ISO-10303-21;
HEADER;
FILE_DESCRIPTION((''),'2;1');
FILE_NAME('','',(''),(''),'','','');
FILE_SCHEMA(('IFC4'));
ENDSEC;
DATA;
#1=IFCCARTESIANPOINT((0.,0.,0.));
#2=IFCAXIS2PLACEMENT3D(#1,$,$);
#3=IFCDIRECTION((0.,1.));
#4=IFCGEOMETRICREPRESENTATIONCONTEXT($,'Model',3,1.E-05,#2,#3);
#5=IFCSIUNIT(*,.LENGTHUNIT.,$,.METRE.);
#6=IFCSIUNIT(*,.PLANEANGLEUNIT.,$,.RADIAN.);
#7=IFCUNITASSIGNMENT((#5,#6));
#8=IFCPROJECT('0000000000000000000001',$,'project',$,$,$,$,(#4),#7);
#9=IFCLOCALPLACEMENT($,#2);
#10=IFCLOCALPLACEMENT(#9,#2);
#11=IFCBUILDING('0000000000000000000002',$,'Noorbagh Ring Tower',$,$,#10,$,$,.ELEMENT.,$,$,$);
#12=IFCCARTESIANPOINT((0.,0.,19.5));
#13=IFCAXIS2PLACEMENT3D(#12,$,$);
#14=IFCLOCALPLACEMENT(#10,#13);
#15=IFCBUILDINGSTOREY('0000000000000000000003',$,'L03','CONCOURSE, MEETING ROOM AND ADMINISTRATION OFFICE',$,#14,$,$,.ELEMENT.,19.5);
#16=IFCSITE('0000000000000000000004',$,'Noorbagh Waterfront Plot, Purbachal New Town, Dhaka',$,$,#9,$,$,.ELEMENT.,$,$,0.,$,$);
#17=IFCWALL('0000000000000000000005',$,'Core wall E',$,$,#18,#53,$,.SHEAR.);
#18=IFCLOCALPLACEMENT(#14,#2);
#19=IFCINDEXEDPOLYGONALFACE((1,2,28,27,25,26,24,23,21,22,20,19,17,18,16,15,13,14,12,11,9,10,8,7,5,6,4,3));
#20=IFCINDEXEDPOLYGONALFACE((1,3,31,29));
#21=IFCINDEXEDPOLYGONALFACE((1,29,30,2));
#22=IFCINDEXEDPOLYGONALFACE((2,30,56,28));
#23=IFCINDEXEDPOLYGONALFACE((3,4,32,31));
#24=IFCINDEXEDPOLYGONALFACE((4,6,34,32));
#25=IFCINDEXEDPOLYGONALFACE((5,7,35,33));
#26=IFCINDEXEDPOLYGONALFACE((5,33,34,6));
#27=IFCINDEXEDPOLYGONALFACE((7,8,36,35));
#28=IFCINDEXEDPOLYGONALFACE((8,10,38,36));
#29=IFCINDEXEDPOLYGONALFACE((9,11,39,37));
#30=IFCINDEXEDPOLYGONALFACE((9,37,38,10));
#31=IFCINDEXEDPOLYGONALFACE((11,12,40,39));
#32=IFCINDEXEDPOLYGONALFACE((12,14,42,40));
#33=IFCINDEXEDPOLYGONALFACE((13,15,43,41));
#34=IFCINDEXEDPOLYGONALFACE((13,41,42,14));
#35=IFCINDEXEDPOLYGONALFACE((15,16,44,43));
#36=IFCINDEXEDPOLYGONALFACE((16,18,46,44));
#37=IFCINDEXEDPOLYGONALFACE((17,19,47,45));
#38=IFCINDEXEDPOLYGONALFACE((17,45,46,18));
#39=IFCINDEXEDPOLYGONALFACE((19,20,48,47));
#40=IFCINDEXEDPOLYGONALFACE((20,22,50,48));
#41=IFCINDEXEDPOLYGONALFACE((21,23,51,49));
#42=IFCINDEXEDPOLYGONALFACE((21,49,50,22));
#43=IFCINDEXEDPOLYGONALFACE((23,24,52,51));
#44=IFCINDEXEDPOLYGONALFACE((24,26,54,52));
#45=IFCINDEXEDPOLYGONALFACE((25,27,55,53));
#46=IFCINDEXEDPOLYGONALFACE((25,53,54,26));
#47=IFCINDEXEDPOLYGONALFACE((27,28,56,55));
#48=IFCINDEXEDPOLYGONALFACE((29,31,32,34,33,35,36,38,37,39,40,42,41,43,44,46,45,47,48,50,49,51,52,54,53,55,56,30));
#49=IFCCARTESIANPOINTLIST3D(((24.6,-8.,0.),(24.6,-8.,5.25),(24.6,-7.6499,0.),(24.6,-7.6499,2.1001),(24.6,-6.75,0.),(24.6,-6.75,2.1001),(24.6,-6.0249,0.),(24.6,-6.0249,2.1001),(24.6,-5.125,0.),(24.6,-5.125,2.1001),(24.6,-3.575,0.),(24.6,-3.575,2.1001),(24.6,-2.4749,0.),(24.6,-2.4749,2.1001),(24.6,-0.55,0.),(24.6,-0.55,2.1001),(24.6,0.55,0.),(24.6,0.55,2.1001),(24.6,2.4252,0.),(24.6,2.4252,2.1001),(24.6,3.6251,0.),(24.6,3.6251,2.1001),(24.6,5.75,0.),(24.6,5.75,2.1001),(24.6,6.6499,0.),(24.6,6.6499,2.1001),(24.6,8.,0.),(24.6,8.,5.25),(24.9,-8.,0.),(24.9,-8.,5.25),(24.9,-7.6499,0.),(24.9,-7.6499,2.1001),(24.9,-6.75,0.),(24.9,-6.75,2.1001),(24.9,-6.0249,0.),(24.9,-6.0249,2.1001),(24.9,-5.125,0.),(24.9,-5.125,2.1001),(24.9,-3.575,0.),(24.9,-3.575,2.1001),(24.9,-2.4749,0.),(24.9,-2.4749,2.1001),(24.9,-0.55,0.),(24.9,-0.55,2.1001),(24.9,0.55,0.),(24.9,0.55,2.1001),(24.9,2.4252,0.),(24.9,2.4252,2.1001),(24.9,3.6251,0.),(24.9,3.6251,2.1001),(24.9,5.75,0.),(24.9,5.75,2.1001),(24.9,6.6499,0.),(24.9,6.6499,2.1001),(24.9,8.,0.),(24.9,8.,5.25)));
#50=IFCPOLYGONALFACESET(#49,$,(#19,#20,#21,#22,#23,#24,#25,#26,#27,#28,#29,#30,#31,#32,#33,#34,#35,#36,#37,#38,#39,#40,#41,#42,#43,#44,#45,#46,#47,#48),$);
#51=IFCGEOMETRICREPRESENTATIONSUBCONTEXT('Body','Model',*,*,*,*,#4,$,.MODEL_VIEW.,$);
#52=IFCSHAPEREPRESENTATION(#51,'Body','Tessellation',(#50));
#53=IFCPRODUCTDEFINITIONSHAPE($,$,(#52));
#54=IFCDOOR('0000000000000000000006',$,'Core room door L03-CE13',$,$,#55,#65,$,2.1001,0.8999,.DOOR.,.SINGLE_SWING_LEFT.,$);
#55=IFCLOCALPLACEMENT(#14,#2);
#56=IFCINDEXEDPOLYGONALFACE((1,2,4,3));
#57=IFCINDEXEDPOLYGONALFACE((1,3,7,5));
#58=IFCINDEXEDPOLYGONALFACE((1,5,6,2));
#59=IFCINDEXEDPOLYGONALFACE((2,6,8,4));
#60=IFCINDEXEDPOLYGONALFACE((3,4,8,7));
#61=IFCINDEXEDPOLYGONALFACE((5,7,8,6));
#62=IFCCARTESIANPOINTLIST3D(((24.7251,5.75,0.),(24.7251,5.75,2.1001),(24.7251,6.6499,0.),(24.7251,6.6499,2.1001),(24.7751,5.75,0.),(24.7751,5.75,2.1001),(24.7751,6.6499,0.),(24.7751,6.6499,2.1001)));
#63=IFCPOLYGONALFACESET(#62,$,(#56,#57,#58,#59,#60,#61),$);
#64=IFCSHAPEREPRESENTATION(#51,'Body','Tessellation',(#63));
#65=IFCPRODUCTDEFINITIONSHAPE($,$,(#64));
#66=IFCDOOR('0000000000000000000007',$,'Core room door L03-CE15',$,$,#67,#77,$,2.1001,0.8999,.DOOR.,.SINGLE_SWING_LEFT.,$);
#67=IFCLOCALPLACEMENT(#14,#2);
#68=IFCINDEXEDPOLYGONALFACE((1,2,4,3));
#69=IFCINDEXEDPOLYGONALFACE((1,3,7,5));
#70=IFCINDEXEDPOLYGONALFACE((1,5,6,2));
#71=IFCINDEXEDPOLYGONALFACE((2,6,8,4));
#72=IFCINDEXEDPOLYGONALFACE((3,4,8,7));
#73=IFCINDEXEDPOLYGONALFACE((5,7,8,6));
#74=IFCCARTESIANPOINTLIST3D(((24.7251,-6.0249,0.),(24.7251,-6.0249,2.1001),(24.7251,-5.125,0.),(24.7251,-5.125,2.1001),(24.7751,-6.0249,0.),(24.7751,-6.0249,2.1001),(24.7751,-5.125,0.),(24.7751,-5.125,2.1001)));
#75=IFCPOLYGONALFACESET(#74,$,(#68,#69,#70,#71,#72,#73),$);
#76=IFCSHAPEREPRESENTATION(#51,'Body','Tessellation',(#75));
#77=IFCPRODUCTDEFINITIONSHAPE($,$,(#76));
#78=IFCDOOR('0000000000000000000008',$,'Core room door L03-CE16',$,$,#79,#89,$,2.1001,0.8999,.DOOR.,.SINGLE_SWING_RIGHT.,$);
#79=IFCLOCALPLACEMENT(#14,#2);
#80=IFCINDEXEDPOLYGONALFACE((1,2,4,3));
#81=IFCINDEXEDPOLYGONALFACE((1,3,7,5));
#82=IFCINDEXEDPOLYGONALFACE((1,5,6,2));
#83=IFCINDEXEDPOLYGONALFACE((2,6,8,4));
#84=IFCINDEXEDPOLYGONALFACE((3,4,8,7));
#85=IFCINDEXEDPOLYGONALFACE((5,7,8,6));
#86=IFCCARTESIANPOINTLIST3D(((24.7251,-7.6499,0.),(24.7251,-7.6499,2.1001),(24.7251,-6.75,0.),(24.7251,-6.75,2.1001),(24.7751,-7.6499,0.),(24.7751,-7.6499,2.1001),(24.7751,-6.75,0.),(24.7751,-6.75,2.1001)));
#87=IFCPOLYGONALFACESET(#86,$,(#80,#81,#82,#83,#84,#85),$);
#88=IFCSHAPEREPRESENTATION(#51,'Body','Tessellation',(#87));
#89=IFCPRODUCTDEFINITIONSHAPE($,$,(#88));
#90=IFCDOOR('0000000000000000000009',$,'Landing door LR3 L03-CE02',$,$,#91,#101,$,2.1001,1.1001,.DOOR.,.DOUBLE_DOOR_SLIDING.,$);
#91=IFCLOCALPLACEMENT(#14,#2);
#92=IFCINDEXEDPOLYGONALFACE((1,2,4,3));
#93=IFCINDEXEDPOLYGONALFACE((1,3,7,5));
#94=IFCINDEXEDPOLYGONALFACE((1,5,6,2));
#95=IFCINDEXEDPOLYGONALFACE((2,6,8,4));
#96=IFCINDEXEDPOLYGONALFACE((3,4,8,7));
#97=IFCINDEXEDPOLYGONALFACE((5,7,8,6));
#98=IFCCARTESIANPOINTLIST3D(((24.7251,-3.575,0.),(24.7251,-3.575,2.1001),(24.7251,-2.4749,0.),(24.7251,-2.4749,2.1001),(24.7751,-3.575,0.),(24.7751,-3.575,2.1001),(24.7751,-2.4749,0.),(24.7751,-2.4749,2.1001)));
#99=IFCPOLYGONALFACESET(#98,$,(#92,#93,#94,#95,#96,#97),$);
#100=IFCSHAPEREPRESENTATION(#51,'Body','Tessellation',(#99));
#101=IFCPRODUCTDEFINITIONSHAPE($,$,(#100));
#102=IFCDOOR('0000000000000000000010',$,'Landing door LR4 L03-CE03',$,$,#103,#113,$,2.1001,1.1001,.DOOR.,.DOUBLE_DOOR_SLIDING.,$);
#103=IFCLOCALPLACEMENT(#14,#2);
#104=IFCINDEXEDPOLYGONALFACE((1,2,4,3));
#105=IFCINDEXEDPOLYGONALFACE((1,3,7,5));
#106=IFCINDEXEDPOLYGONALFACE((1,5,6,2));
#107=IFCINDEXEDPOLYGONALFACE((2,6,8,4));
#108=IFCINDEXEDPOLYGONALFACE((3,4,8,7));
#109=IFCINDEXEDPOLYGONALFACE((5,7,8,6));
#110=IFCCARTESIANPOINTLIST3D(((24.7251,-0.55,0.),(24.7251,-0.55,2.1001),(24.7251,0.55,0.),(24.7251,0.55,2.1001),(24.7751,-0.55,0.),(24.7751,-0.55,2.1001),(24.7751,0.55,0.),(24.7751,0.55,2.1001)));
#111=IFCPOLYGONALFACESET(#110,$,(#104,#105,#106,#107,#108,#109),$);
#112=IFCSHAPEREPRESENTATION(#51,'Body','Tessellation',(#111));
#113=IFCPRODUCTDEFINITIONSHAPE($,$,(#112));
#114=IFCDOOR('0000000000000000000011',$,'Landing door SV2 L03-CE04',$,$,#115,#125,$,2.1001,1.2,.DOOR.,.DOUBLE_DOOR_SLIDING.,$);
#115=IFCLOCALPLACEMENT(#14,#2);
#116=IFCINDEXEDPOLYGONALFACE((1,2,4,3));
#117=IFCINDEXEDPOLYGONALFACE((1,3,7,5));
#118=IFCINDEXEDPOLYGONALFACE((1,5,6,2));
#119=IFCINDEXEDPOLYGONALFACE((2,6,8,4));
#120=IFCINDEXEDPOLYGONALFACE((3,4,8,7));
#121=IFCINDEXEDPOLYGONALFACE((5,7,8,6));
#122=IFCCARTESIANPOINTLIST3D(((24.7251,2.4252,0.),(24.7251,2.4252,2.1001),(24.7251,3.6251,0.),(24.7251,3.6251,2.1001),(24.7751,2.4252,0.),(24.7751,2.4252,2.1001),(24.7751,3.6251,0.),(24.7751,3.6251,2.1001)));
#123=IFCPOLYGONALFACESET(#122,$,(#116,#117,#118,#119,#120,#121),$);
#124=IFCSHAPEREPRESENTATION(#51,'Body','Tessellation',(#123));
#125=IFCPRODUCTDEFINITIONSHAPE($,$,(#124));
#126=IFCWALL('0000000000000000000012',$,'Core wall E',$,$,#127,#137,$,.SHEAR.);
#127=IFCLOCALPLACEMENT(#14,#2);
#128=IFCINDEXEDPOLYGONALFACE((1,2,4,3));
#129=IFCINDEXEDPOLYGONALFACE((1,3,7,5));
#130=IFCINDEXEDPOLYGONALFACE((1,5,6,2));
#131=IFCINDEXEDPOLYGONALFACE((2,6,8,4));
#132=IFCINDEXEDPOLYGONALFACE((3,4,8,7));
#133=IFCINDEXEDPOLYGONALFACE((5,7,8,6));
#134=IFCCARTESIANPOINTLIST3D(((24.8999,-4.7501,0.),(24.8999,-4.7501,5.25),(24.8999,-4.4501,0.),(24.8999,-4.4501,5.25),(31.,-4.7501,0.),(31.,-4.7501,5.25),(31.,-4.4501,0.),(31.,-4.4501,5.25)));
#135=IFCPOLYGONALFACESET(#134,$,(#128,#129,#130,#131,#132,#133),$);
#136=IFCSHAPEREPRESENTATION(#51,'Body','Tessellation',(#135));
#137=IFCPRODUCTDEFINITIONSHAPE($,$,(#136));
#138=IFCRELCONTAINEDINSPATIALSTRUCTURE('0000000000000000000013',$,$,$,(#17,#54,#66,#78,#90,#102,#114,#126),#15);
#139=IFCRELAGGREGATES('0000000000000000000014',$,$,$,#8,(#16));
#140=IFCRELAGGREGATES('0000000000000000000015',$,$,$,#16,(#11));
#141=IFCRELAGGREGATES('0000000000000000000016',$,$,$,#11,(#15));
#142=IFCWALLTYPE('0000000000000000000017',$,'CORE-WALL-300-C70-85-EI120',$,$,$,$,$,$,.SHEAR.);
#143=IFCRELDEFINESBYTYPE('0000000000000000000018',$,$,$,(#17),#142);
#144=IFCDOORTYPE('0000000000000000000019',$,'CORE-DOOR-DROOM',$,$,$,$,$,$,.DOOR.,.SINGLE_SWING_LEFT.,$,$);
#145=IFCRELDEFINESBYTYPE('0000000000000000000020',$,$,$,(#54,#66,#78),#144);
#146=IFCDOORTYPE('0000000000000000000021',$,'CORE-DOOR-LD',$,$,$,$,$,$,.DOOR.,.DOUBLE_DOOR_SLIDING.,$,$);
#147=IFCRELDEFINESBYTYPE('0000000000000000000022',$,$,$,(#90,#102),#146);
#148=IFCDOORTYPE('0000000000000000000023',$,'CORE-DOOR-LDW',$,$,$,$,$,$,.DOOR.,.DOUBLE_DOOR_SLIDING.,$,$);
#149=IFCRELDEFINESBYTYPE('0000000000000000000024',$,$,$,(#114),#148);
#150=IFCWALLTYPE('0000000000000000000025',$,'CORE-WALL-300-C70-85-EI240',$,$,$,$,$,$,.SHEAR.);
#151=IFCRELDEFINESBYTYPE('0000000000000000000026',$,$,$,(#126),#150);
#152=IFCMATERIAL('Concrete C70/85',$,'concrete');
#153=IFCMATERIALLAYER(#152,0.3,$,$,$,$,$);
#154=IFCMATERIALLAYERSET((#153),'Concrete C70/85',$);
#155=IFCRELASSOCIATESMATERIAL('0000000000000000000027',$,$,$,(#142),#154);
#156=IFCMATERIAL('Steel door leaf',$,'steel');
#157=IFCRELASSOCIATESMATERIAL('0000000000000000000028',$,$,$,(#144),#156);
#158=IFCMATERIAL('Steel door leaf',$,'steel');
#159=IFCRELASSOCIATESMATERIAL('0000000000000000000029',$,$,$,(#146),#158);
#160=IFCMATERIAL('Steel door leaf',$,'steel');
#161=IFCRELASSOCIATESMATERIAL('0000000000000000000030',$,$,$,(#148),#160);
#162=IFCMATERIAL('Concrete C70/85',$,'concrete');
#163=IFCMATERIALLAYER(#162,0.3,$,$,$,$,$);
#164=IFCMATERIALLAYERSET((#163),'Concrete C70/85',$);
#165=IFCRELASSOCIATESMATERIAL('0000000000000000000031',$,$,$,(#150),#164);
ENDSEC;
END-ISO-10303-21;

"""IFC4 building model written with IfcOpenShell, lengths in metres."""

from ifc_helpers import new_model, si_unit, direction, frame, frame_2d, origin, place, context, subcontext, project, spatial, rectangle, extrude, material, layer, layer_set, type_object, element, fill, save


model = new_model("IFC4")

# Units and contexts
model_context = context("Model", 3, precision=1e-05, world=origin(), true_north=direction((0.0, 1.0)))
body_context = subcontext(model_context, "Body", "Model", "MODEL_VIEW")
ifc_project = project(units=[si_unit("LENGTHUNIT", "METRE"), si_unit("PLANEANGLEUNIT", "RADIAN")], contexts=[model_context])

# Site, building, storey
site_placement = place(None, origin())
site = spatial("IfcSite", under=ifc_project, at=site_placement, Name="Noorbagh Waterfront Plot, Purbachal New Town, Dhaka", CompositionType="ELEMENT", RefElevation=0.0)
building_placement = place(site_placement, origin())
building = spatial("IfcBuilding", under=site, at=building_placement, Name="Noorbagh Ring Tower", CompositionType="ELEMENT")
storey_placement = place(building_placement, frame((0.0, 0.0, 19.5)))
storey = spatial("IfcBuildingStorey", under=building, at=storey_placement, Name="L03", Description="CONCOURSE, MEETING ROOM AND ADMINISTRATION OFFICE", CompositionType="ELEMENT", Elevation=19.5)

# Shared definitions
ifc_material_1 = material(Name="Concrete C70/85", Category="concrete")
ifc_layer_1 = layer(ifc_material_1, 0.3)
ifc_layer_set_1 = layer_set([ifc_layer_1], Name="Concrete C70/85")
wall_type_1 = type_object("IfcWallType", Name="CORE-WALL-300-C70-85-EI120", PredefinedType="SHEAR", material=ifc_layer_set_1)

# Wall, openings, doors
wall_1_placement = place(storey_placement, frame((24.75, -8.0, 0.0), z_axis=(0.0, 0.0, 1.0), x_axis=(0.0, 1.0, 0.0)))
wall_1 = element("IfcWall", 1, at=wall_1_placement, inside=storey, type_object=wall_type_1, Name="Core wall E", PredefinedType="SHEAR", context=body_context, shape_type="SweptSolid", body=[
    extrude(rectangle(XDim=16.0, YDim=0.3, at=frame_2d((8.0, 0.0))), origin(), (0.0, 0.0, 1.0), 5.25),
])
opening_1_placement = place(wall_1_placement, frame((4.425, 0.0, 0.0)))
opening_1 = element("IfcOpeningElement", 2, at=opening_1_placement, cuts=wall_1, PredefinedType="OPENING", context=body_context, shape_type="SweptSolid", body=[
    extrude(rectangle(XDim=1.1001, YDim=2.1001, at=frame_2d((0.55, 1.05))), frame((0.0, 0.1602, 0.0), z_axis=(0.0, -1.0, 0.0), x_axis=(1.0, 0.0, 0.0)), (0.0, 0.0, 1.0), 0.3201),
])
opening_2_placement = place(wall_1_placement, frame((7.45, 0.0, 0.0)))
opening_2 = element("IfcOpeningElement", 3, at=opening_2_placement, cuts=wall_1, PredefinedType="OPENING", context=body_context, shape_type="SweptSolid", body=[
    extrude(rectangle(XDim=1.1001, YDim=2.1001, at=frame_2d((0.55, 1.05))), frame((0.0, 0.1602, 0.0), z_axis=(0.0, -1.0, 0.0), x_axis=(1.0, 0.0, 0.0)), (0.0, 0.0, 1.0), 0.3201),
])
opening_3_placement = place(wall_1_placement, frame((10.425, 0.0, 0.0)))
opening_3 = element("IfcOpeningElement", 4, at=opening_3_placement, cuts=wall_1, PredefinedType="OPENING", context=body_context, shape_type="SweptSolid", body=[
    extrude(rectangle(XDim=1.2, YDim=2.1001, at=frame_2d((0.6001, 1.05))), frame((0.0, 0.1602, 0.0), z_axis=(0.0, -1.0, 0.0), x_axis=(1.0, 0.0, 0.0)), (0.0, 0.0, 1.0), 0.3201),
])
opening_4_placement = place(wall_1_placement, frame((13.75, 0.0, 0.0)))
opening_4 = element("IfcOpeningElement", 5, at=opening_4_placement, cuts=wall_1, PredefinedType="OPENING", context=body_context, shape_type="SweptSolid", body=[
    extrude(rectangle(XDim=0.8999, YDim=2.1001, at=frame_2d((0.45, 1.05))), frame((0.0, 0.1602, 0.0), z_axis=(0.0, -1.0, 0.0), x_axis=(1.0, 0.0, 0.0)), (0.0, 0.0, 1.0), 0.3201),
])
opening_5_placement = place(wall_1_placement, frame((1.9751, 0.0, 0.0)))
opening_5 = element("IfcOpeningElement", 6, at=opening_5_placement, cuts=wall_1, PredefinedType="OPENING", context=body_context, shape_type="SweptSolid", body=[
    extrude(rectangle(XDim=0.8999, YDim=2.1001, at=frame_2d((0.45, 1.05))), frame((0.0, 0.1602, 0.0), z_axis=(0.0, -1.0, 0.0), x_axis=(1.0, 0.0, 0.0)), (0.0, 0.0, 1.0), 0.3201),
])
opening_6_placement = place(wall_1_placement, frame((0.3501, 0.0, 0.0)))
opening_6 = element("IfcOpeningElement", 7, at=opening_6_placement, cuts=wall_1, PredefinedType="OPENING", context=body_context, shape_type="SweptSolid", body=[
    extrude(rectangle(XDim=0.8999, YDim=2.1001, at=frame_2d((0.45, 1.05))), frame((0.0, 0.1602, 0.0), z_axis=(0.0, -1.0, 0.0), x_axis=(1.0, 0.0, 0.0)), (0.0, 0.0, 1.0), 0.3201),
])
ifc_material_2 = material(Name="Steel door leaf", Category="steel")
door_type_1 = type_object("IfcDoorType", Name="CORE-DOOR-DROOM", OperationType="SINGLE_SWING_LEFT", PredefinedType="DOOR", material=ifc_material_2)
door_1_placement = place(opening_4_placement, origin())
door_1 = element("IfcDoor", 8, at=door_1_placement, inside=storey, type_object=door_type_1, Name="Core room door L03-CE13", OperationType="SINGLE_SWING_LEFT", OverallHeight=2.1001, OverallWidth=0.8999, PredefinedType="DOOR", context=body_context, shape_type="SweptSolid", body=[
    extrude(rectangle(XDim=0.8999, YDim=2.1001, at=frame_2d((0.45, 1.05))), frame((0.0, 0.0249, 0.0), z_axis=(0.0, -1.0, 0.0), x_axis=(1.0, 0.0, 0.0)), (0.0, 0.0, 1.0), 0.05),
])
fill(opening_4, door_1)
door_2_placement = place(opening_5_placement, origin())
door_2 = element("IfcDoor", 9, at=door_2_placement, inside=storey, type_object=door_type_1, Name="Core room door L03-CE15", OperationType="SINGLE_SWING_LEFT", OverallHeight=2.1001, OverallWidth=0.8999, PredefinedType="DOOR", context=body_context, shape_type="SweptSolid", body=[
    extrude(rectangle(XDim=0.8999, YDim=2.1001, at=frame_2d((0.45, 1.05))), frame((0.0, 0.0249, 0.0), z_axis=(0.0, -1.0, 0.0), x_axis=(1.0, 0.0, 0.0)), (0.0, 0.0, 1.0), 0.05),
])
fill(opening_5, door_2)
door_3_placement = place(opening_6_placement, origin())
door_3 = element("IfcDoor", 10, at=door_3_placement, inside=storey, type_object=door_type_1, Name="Core room door L03-CE16", OperationType="SINGLE_SWING_RIGHT", OverallHeight=2.1001, OverallWidth=0.8999, PredefinedType="DOOR", context=body_context, shape_type="SweptSolid", body=[
    extrude(rectangle(XDim=0.8999, YDim=2.1001, at=frame_2d((0.45, 1.05))), frame((0.0, 0.0249, 0.0), z_axis=(0.0, -1.0, 0.0), x_axis=(1.0, 0.0, 0.0)), (0.0, 0.0, 1.0), 0.05),
])
fill(opening_6, door_3)
ifc_material_3 = material(Name="Steel door leaf", Category="steel")
door_type_2 = type_object("IfcDoorType", Name="CORE-DOOR-LD", OperationType="DOUBLE_DOOR_SLIDING", PredefinedType="DOOR", material=ifc_material_3)
door_4_placement = place(opening_1_placement, origin())
door_4 = element("IfcDoor", 11, at=door_4_placement, inside=storey, type_object=door_type_2, Name="Landing door LR3 L03-CE02", OperationType="DOUBLE_DOOR_SLIDING", OverallHeight=2.1001, OverallWidth=1.1001, PredefinedType="DOOR", context=body_context, shape_type="SweptSolid", body=[
    extrude(rectangle(XDim=1.1001, YDim=2.1001, at=frame_2d((0.55, 1.05))), frame((0.0, 0.0249, 0.0), z_axis=(0.0, -1.0, 0.0), x_axis=(1.0, 0.0, 0.0)), (0.0, 0.0, 1.0), 0.05),
])
fill(opening_1, door_4)
door_5_placement = place(opening_2_placement, origin())
door_5 = element("IfcDoor", 12, at=door_5_placement, inside=storey, type_object=door_type_2, Name="Landing door LR4 L03-CE03", OperationType="DOUBLE_DOOR_SLIDING", OverallHeight=2.1001, OverallWidth=1.1001, PredefinedType="DOOR", context=body_context, shape_type="SweptSolid", body=[
    extrude(rectangle(XDim=1.1001, YDim=2.1001, at=frame_2d((0.55, 1.05))), frame((0.0, 0.0249, 0.0), z_axis=(0.0, -1.0, 0.0), x_axis=(1.0, 0.0, 0.0)), (0.0, 0.0, 1.0), 0.05),
])
fill(opening_2, door_5)
ifc_material_4 = material(Name="Steel door leaf", Category="steel")
door_type_3 = type_object("IfcDoorType", Name="CORE-DOOR-LDW", OperationType="DOUBLE_DOOR_SLIDING", PredefinedType="DOOR", material=ifc_material_4)
door_6_placement = place(opening_3_placement, origin())
door_6 = element("IfcDoor", 13, at=door_6_placement, inside=storey, type_object=door_type_3, Name="Landing door SV2 L03-CE04", OperationType="DOUBLE_DOOR_SLIDING", OverallHeight=2.1001, OverallWidth=1.2, PredefinedType="DOOR", context=body_context, shape_type="SweptSolid", body=[
    extrude(rectangle(XDim=1.2, YDim=2.1001, at=frame_2d((0.6001, 1.05))), frame((0.0, 0.0249, 0.0), z_axis=(0.0, -1.0, 0.0), x_axis=(1.0, 0.0, 0.0)), (0.0, 0.0, 1.0), 0.05),
])
fill(opening_3, door_6)

# Wall
ifc_material_5 = material(Name="Concrete C70/85", Category="concrete")
ifc_layer_2 = layer(ifc_material_5, 0.3)
ifc_layer_set_2 = layer_set([ifc_layer_2], Name="Concrete C70/85")
wall_type_2 = type_object("IfcWallType", Name="CORE-WALL-300-C70-85-EI240", PredefinedType="SHEAR", material=ifc_layer_set_2)
wall_2_placement = place(storey_placement, frame((24.8999, -4.6001, 0.0), z_axis=(0.0, 0.0, 1.0), x_axis=(1.0, 0.0, 0.0)))
element("IfcWall", 14, at=wall_2_placement, inside=storey, type_object=wall_type_2, Name="Core wall E", PredefinedType="SHEAR", context=body_context, shape_type="SweptSolid", body=[
    extrude(rectangle(XDim=6.1001, YDim=0.3, at=frame_2d((3.05, 0.0))), origin(), (0.0, 0.0, 1.0), 5.25),
])

save(model, "model.ifc")
